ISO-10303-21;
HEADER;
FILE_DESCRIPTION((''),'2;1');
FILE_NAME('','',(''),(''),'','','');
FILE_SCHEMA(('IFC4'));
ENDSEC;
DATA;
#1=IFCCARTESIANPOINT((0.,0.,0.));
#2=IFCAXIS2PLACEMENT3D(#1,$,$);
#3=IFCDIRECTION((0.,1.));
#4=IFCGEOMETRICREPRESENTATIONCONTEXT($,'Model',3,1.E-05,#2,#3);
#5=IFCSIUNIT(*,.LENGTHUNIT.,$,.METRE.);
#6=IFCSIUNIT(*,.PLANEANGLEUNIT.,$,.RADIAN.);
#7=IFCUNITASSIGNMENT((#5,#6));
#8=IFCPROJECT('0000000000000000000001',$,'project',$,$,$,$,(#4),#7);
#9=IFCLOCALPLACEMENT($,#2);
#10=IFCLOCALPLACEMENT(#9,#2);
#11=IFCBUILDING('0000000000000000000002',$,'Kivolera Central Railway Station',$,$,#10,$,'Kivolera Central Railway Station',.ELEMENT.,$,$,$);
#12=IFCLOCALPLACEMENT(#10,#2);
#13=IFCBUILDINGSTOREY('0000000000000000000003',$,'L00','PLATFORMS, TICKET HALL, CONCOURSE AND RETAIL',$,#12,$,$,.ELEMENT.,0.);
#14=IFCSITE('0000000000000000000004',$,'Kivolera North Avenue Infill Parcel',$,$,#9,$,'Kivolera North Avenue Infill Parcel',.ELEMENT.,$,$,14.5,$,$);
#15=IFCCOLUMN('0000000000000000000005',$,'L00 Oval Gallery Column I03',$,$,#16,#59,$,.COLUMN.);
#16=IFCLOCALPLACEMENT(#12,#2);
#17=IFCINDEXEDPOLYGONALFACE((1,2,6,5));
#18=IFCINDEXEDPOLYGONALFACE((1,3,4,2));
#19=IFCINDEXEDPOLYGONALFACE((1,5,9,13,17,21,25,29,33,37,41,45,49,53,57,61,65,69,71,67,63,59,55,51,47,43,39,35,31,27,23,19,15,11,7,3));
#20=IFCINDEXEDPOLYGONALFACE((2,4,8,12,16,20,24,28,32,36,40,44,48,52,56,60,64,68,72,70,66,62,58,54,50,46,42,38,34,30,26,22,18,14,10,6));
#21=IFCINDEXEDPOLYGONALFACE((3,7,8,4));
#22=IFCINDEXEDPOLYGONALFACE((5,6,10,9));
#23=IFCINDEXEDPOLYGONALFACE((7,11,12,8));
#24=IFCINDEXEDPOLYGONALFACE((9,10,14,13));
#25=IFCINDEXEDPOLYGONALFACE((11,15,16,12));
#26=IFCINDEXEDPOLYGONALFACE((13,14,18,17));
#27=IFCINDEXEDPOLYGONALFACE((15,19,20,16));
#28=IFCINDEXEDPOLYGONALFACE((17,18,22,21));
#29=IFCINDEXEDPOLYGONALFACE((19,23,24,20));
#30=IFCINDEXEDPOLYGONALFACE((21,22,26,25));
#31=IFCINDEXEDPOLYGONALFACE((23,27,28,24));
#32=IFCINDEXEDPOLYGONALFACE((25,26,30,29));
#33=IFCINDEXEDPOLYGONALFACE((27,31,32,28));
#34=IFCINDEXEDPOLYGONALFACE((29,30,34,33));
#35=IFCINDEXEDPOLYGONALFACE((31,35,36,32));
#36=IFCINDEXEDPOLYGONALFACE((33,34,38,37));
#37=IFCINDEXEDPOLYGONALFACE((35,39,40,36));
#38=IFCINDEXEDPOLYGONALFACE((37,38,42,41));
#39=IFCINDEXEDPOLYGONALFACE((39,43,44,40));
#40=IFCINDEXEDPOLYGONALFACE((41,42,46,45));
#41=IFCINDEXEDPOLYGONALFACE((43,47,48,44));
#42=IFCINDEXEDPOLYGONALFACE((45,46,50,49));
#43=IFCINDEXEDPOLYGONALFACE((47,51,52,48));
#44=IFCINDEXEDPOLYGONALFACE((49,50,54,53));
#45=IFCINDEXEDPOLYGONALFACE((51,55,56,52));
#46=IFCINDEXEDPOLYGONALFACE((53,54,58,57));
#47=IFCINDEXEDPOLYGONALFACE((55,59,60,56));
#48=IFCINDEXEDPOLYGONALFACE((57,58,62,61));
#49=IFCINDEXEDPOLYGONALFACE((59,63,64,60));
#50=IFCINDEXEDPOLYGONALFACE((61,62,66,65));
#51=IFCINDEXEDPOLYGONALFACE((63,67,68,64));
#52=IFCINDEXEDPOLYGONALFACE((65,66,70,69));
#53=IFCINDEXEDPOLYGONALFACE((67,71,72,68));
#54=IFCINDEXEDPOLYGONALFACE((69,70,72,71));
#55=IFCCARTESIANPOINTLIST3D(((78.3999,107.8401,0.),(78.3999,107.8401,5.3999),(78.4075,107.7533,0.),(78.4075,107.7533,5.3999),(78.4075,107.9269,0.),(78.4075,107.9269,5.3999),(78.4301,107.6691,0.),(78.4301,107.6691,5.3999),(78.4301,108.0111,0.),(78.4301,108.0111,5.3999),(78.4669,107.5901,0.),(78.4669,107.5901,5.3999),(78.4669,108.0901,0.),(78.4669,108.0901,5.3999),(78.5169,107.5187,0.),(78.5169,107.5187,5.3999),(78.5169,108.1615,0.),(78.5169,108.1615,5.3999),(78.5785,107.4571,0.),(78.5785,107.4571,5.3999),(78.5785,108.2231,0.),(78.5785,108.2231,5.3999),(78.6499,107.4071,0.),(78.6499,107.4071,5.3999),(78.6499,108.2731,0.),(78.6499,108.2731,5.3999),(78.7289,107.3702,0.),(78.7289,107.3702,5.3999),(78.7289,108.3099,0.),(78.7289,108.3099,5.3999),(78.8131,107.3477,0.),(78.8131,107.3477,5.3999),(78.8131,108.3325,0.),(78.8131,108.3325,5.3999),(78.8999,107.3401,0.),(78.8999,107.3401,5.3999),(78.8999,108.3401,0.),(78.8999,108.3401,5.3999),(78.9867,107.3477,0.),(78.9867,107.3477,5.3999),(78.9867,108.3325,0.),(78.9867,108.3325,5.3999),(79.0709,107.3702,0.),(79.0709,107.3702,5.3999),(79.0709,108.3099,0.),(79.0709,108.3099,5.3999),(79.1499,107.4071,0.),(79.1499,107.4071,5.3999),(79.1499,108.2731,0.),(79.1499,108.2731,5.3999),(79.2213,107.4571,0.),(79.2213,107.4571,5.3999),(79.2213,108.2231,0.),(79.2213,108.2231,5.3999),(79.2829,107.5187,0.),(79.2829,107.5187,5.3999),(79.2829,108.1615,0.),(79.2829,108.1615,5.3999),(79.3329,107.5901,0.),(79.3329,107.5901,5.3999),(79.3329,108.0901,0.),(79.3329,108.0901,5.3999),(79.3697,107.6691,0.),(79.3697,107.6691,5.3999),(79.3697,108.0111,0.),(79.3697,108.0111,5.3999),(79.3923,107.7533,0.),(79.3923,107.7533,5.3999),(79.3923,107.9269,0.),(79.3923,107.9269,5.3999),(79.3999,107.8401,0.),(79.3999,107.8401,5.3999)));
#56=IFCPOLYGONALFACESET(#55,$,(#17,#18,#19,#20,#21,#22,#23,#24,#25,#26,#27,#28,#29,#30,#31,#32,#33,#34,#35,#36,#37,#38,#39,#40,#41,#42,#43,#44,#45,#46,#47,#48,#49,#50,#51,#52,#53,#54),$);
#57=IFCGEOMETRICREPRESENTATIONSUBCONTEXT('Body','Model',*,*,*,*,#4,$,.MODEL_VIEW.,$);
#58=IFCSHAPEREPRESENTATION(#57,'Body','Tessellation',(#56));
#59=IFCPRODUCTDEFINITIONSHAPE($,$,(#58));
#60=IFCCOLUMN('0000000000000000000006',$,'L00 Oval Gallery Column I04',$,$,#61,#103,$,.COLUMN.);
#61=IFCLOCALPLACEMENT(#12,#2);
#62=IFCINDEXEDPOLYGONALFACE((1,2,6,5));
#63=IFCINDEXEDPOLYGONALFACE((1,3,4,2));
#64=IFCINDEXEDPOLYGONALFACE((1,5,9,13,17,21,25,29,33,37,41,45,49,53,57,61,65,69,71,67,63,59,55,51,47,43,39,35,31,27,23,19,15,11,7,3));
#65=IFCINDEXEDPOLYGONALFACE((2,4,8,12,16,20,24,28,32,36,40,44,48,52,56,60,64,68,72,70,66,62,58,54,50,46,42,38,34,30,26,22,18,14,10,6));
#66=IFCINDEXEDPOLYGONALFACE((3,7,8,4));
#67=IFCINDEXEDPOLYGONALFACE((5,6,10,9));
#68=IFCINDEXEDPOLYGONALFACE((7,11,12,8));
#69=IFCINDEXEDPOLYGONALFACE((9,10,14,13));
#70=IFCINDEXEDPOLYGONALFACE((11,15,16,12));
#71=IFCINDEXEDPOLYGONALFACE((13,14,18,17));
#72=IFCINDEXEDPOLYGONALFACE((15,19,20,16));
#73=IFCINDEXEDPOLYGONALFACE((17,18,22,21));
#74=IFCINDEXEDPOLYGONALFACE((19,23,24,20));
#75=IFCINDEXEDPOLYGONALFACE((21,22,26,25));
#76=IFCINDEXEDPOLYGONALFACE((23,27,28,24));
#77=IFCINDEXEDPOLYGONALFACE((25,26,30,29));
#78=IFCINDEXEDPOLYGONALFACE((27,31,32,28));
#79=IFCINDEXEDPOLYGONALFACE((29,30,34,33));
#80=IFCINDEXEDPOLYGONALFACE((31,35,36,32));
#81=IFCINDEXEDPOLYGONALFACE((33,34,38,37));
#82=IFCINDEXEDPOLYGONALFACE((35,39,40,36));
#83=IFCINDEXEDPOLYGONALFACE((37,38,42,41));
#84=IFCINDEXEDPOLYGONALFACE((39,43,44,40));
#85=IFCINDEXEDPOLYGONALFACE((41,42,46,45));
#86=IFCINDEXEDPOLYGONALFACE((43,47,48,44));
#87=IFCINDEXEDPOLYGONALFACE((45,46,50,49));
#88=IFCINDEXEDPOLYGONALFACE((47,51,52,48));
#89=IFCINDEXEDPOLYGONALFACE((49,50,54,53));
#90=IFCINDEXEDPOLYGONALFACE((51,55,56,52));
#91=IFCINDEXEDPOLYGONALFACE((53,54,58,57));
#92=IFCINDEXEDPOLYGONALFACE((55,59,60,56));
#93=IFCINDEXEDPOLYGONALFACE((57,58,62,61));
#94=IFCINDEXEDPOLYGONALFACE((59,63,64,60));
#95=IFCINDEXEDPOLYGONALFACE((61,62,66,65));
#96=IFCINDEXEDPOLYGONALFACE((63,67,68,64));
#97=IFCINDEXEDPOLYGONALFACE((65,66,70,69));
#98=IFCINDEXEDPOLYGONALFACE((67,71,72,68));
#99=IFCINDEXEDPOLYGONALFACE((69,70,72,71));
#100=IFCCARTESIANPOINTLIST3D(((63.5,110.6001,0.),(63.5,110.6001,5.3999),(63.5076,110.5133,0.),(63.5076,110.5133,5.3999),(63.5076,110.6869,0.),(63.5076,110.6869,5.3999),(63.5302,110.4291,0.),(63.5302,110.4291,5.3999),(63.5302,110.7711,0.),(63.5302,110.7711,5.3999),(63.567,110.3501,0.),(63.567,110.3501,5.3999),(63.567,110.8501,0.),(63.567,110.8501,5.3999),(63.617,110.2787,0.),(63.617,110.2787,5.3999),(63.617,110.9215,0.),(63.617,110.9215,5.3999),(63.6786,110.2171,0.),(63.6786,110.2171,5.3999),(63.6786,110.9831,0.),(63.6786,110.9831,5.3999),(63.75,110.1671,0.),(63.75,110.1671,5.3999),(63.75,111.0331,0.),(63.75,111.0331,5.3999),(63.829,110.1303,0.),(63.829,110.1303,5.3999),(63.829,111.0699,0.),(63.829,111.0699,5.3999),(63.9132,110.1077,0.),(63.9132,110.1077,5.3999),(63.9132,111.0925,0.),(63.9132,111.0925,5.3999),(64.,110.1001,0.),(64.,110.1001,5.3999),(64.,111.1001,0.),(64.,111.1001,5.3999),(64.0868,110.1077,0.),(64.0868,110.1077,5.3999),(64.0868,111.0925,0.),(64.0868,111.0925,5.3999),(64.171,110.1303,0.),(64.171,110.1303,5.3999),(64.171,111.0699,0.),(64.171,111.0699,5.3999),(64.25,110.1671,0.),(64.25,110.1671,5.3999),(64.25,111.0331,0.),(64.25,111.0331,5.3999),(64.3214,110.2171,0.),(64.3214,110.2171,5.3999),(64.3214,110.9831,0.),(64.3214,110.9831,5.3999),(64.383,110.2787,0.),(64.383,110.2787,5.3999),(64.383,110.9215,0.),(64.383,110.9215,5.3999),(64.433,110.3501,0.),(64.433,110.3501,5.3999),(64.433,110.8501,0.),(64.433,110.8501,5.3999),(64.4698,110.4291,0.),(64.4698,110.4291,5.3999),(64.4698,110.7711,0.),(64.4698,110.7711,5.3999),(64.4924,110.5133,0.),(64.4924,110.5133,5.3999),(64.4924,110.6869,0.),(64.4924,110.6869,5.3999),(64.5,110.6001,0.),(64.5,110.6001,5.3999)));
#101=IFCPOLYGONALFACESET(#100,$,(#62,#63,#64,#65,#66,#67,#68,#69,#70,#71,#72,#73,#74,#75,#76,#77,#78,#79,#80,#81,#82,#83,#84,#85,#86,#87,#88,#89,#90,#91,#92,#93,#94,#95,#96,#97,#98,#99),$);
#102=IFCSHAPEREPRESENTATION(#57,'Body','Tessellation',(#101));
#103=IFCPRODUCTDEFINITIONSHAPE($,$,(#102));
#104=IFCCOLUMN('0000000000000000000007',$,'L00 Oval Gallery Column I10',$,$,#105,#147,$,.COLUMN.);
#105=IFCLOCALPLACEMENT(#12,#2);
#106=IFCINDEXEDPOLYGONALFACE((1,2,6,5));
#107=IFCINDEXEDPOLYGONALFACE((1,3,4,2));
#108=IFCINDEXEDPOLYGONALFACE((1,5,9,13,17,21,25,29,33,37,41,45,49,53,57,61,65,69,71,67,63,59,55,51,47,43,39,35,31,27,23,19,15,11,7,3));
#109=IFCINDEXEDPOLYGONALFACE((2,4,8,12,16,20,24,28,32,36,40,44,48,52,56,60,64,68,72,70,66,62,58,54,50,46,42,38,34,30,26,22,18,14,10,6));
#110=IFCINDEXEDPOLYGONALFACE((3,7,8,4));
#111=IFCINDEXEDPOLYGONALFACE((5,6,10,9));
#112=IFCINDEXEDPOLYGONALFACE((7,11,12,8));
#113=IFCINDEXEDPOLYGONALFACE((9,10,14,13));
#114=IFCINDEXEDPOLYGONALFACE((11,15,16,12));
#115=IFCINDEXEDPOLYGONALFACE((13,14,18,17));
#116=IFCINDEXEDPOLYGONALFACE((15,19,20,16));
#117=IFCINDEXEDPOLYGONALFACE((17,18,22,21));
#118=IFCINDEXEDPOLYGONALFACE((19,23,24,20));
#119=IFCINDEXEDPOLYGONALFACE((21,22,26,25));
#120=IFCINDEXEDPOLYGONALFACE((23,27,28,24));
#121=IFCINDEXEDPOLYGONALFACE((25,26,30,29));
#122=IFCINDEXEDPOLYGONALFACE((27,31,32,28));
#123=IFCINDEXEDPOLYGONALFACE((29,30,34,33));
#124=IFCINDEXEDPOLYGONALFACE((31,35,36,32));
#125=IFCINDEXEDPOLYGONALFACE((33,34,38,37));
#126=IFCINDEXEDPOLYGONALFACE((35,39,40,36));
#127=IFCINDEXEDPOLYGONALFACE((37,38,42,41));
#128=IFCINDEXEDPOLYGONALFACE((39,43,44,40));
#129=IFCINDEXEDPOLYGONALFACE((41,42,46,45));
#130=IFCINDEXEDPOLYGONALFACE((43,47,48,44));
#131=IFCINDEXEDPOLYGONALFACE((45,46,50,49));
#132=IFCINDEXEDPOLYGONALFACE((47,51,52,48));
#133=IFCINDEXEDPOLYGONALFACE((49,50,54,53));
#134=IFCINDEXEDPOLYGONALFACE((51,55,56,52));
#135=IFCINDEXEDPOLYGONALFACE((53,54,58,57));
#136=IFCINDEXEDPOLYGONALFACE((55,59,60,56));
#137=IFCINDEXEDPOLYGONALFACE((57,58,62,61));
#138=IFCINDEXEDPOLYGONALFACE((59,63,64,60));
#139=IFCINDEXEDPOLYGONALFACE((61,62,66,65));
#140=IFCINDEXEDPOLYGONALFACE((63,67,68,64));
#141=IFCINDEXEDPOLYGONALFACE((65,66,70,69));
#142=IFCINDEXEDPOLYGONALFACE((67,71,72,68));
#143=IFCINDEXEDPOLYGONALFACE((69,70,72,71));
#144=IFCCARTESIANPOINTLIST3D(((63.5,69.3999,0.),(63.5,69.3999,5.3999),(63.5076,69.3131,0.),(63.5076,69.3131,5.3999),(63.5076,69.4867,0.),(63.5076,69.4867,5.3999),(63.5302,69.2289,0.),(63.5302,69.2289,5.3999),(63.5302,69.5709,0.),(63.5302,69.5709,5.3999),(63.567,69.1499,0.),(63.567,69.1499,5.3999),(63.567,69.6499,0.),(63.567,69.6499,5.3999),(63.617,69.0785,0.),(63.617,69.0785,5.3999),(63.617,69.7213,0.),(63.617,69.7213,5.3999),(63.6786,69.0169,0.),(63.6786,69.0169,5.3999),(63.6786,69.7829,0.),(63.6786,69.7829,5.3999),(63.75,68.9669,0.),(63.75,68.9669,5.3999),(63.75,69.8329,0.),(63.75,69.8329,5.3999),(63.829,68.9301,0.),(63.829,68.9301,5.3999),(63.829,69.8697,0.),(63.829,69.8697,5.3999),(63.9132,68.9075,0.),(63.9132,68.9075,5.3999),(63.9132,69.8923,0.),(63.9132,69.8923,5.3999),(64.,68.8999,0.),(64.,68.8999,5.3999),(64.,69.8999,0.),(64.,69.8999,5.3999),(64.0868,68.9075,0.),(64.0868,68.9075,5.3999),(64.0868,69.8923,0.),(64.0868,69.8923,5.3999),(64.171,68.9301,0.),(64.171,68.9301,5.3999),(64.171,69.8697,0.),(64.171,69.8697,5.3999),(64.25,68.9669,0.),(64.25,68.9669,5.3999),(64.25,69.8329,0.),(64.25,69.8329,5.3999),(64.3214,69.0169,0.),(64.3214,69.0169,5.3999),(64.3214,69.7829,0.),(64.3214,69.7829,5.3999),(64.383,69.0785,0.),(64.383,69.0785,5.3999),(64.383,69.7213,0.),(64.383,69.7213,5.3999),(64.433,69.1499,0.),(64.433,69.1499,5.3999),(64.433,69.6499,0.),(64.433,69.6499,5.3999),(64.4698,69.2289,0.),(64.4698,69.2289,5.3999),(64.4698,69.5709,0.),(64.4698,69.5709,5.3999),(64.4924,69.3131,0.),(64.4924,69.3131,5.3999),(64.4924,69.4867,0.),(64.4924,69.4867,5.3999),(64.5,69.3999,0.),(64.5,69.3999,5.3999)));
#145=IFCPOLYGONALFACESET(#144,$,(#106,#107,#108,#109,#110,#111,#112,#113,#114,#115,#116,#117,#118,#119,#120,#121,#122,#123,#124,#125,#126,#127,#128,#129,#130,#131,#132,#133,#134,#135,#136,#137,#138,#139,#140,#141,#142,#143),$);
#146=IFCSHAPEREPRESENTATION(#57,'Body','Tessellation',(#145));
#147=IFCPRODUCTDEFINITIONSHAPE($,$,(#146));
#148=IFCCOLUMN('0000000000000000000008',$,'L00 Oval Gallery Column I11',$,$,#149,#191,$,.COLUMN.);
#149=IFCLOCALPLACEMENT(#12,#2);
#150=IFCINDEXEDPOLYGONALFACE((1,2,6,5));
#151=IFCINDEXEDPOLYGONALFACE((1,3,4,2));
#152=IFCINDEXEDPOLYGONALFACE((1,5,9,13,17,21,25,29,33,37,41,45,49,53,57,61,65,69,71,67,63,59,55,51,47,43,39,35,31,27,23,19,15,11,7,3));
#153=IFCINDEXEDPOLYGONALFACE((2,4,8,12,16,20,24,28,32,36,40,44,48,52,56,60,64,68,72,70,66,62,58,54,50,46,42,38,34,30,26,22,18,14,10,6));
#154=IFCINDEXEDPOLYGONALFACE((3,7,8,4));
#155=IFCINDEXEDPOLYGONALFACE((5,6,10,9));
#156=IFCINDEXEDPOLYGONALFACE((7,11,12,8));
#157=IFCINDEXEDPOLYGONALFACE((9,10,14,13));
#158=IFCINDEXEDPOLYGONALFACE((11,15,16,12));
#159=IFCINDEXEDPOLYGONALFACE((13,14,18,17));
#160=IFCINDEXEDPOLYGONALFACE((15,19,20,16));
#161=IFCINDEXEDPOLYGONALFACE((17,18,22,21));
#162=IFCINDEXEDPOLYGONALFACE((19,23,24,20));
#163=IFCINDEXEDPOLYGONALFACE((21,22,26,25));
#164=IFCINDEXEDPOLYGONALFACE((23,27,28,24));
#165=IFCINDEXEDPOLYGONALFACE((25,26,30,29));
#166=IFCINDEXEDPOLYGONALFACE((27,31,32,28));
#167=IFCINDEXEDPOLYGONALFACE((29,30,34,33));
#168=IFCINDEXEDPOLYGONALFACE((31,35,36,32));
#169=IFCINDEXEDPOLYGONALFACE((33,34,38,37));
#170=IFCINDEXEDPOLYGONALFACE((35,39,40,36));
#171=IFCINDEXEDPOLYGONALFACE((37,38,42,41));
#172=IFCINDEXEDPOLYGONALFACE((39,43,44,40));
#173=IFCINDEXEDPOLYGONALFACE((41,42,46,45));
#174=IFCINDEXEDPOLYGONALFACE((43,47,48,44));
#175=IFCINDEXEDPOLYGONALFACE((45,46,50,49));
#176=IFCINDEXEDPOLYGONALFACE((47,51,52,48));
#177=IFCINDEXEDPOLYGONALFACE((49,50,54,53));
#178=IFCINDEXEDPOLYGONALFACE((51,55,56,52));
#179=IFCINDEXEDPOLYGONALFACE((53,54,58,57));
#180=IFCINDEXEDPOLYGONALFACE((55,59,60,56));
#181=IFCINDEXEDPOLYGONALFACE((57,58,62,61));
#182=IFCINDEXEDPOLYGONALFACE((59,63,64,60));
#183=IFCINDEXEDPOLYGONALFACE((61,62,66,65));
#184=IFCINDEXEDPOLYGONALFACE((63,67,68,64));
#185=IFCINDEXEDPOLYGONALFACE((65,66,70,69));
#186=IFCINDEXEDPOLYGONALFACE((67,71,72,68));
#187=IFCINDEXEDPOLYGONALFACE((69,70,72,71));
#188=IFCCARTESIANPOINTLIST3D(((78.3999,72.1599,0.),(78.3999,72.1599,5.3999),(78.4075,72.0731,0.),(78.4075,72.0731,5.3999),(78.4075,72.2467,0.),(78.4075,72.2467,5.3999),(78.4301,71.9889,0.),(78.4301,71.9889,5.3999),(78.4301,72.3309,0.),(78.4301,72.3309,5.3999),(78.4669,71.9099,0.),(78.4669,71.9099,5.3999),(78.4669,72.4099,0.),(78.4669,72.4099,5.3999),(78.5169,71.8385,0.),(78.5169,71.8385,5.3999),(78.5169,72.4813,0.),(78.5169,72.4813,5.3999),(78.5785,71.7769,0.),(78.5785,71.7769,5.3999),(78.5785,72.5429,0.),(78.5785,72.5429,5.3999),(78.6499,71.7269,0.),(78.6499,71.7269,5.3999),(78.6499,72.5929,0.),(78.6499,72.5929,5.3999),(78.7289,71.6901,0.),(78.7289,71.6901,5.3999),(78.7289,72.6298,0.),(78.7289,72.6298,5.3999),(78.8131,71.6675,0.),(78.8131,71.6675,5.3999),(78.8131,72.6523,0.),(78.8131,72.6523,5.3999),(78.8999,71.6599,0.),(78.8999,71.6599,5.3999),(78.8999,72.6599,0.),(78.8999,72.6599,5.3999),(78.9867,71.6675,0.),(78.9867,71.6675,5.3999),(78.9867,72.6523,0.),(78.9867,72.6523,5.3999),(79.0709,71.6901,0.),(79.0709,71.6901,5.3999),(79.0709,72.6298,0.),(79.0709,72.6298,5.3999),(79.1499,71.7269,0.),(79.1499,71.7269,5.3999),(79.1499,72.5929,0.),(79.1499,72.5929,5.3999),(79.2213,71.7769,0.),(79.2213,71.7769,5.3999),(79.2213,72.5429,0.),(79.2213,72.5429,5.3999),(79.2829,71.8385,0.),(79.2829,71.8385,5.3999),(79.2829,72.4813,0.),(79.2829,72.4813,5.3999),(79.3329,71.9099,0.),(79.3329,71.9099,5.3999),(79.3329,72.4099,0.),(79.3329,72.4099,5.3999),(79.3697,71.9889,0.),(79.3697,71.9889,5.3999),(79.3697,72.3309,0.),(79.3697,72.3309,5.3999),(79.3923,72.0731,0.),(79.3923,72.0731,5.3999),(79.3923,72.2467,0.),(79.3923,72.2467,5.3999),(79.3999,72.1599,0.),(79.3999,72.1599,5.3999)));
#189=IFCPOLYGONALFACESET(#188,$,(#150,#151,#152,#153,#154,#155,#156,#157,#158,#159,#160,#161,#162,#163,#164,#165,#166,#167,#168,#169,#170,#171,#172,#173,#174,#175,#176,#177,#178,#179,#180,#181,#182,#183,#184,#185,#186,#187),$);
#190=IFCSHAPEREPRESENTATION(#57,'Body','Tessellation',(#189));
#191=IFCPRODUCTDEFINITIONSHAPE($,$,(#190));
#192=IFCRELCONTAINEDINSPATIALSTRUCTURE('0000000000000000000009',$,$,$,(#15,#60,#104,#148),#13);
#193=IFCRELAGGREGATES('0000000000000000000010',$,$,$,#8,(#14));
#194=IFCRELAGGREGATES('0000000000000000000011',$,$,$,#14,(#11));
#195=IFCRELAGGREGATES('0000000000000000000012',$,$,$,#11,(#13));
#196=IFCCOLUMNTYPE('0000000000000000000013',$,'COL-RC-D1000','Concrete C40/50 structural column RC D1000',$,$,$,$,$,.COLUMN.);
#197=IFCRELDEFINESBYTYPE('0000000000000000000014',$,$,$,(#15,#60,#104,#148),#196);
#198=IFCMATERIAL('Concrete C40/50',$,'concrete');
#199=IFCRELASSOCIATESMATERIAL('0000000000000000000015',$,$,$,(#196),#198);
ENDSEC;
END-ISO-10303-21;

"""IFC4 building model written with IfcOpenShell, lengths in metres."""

from ifc_helpers import new_model, si_unit, direction, frame, origin, origin_2d, place, context, subcontext, project, spatial, circle, extrude, material, material_profile, profile_set, type_object, element, save


model = new_model("IFC4")

# Units and contexts
model_context = context("Model", 3, precision=1e-05, world=origin(), true_north=direction((0.0, 1.0)))
body_context = subcontext(model_context, "Body", "Model", "MODEL_VIEW")
ifc_project = project(units=[si_unit("LENGTHUNIT", "METRE"), si_unit("PLANEANGLEUNIT", "RADIAN")], contexts=[model_context])

# Site, building, storey
site_placement = place(None, origin())
site = spatial("IfcSite", under=ifc_project, at=site_placement, Name="Kivolera North Avenue Infill Parcel", LongName="Kivolera North Avenue Infill Parcel", CompositionType="ELEMENT", RefElevation=14.5)
building_placement = place(site_placement, origin())
building = spatial("IfcBuilding", under=site, at=building_placement, Name="Kivolera Central Railway Station", LongName="Kivolera Central Railway Station", CompositionType="ELEMENT")
storey_placement = place(building_placement, origin())
storey = spatial("IfcBuildingStorey", under=building, at=storey_placement, Name="L00", Description="PLATFORMS, TICKET HALL, CONCOURSE AND RETAIL", CompositionType="ELEMENT", Elevation=0.0)

# Columns
ifc_material_1 = material(Name="Concrete C40/50", Category="concrete")
ifc_material_profile_1 = material_profile(ifc_material_1, circle(Radius=0.5, at=origin_2d()), Name="RC D1000")
ifc_profile_set_1 = profile_set([ifc_material_profile_1], Name="Concrete C40/50")
column_type = type_object("IfcColumnType", Name="COL-RC-D1000", Description="Concrete C40/50 structural column RC D1000", PredefinedType="COLUMN", material=ifc_profile_set_1)
for number, where, z_axis, x_axis, name in (
    (1, (78.8999, 107.8401, 0.0), (0.0, 0.0, 1.0), (1.0, 0.0, 0.0), "L00 Oval Gallery Column I03"),
    (2, (64.0, 110.6001, 0.0), (0.0, 0.0, 1.0), (1.0, 0.0, 0.0), "L00 Oval Gallery Column I04"),
    (3, (64.0, 69.3999, 0.0), (0.0, 0.0, 1.0), (1.0, 0.0, 0.0), "L00 Oval Gallery Column I10"),
    (4, (78.8999, 72.1599, 0.0), (0.0, 0.0, 1.0), (1.0, 0.0, 0.0), "L00 Oval Gallery Column I11"),
):
    element("IfcColumn", number, at=place(storey_placement, frame(where, z_axis=z_axis, x_axis=x_axis)), inside=storey, type_object=column_type, Name=name, PredefinedType="COLUMN", context=body_context, shape_type="SweptSolid", body=[
        extrude(circle(Radius=0.5, at=origin_2d()), origin(), (0.0, 0.0, 1.0), 5.3999),
    ])

save(model, "model.ifc")
